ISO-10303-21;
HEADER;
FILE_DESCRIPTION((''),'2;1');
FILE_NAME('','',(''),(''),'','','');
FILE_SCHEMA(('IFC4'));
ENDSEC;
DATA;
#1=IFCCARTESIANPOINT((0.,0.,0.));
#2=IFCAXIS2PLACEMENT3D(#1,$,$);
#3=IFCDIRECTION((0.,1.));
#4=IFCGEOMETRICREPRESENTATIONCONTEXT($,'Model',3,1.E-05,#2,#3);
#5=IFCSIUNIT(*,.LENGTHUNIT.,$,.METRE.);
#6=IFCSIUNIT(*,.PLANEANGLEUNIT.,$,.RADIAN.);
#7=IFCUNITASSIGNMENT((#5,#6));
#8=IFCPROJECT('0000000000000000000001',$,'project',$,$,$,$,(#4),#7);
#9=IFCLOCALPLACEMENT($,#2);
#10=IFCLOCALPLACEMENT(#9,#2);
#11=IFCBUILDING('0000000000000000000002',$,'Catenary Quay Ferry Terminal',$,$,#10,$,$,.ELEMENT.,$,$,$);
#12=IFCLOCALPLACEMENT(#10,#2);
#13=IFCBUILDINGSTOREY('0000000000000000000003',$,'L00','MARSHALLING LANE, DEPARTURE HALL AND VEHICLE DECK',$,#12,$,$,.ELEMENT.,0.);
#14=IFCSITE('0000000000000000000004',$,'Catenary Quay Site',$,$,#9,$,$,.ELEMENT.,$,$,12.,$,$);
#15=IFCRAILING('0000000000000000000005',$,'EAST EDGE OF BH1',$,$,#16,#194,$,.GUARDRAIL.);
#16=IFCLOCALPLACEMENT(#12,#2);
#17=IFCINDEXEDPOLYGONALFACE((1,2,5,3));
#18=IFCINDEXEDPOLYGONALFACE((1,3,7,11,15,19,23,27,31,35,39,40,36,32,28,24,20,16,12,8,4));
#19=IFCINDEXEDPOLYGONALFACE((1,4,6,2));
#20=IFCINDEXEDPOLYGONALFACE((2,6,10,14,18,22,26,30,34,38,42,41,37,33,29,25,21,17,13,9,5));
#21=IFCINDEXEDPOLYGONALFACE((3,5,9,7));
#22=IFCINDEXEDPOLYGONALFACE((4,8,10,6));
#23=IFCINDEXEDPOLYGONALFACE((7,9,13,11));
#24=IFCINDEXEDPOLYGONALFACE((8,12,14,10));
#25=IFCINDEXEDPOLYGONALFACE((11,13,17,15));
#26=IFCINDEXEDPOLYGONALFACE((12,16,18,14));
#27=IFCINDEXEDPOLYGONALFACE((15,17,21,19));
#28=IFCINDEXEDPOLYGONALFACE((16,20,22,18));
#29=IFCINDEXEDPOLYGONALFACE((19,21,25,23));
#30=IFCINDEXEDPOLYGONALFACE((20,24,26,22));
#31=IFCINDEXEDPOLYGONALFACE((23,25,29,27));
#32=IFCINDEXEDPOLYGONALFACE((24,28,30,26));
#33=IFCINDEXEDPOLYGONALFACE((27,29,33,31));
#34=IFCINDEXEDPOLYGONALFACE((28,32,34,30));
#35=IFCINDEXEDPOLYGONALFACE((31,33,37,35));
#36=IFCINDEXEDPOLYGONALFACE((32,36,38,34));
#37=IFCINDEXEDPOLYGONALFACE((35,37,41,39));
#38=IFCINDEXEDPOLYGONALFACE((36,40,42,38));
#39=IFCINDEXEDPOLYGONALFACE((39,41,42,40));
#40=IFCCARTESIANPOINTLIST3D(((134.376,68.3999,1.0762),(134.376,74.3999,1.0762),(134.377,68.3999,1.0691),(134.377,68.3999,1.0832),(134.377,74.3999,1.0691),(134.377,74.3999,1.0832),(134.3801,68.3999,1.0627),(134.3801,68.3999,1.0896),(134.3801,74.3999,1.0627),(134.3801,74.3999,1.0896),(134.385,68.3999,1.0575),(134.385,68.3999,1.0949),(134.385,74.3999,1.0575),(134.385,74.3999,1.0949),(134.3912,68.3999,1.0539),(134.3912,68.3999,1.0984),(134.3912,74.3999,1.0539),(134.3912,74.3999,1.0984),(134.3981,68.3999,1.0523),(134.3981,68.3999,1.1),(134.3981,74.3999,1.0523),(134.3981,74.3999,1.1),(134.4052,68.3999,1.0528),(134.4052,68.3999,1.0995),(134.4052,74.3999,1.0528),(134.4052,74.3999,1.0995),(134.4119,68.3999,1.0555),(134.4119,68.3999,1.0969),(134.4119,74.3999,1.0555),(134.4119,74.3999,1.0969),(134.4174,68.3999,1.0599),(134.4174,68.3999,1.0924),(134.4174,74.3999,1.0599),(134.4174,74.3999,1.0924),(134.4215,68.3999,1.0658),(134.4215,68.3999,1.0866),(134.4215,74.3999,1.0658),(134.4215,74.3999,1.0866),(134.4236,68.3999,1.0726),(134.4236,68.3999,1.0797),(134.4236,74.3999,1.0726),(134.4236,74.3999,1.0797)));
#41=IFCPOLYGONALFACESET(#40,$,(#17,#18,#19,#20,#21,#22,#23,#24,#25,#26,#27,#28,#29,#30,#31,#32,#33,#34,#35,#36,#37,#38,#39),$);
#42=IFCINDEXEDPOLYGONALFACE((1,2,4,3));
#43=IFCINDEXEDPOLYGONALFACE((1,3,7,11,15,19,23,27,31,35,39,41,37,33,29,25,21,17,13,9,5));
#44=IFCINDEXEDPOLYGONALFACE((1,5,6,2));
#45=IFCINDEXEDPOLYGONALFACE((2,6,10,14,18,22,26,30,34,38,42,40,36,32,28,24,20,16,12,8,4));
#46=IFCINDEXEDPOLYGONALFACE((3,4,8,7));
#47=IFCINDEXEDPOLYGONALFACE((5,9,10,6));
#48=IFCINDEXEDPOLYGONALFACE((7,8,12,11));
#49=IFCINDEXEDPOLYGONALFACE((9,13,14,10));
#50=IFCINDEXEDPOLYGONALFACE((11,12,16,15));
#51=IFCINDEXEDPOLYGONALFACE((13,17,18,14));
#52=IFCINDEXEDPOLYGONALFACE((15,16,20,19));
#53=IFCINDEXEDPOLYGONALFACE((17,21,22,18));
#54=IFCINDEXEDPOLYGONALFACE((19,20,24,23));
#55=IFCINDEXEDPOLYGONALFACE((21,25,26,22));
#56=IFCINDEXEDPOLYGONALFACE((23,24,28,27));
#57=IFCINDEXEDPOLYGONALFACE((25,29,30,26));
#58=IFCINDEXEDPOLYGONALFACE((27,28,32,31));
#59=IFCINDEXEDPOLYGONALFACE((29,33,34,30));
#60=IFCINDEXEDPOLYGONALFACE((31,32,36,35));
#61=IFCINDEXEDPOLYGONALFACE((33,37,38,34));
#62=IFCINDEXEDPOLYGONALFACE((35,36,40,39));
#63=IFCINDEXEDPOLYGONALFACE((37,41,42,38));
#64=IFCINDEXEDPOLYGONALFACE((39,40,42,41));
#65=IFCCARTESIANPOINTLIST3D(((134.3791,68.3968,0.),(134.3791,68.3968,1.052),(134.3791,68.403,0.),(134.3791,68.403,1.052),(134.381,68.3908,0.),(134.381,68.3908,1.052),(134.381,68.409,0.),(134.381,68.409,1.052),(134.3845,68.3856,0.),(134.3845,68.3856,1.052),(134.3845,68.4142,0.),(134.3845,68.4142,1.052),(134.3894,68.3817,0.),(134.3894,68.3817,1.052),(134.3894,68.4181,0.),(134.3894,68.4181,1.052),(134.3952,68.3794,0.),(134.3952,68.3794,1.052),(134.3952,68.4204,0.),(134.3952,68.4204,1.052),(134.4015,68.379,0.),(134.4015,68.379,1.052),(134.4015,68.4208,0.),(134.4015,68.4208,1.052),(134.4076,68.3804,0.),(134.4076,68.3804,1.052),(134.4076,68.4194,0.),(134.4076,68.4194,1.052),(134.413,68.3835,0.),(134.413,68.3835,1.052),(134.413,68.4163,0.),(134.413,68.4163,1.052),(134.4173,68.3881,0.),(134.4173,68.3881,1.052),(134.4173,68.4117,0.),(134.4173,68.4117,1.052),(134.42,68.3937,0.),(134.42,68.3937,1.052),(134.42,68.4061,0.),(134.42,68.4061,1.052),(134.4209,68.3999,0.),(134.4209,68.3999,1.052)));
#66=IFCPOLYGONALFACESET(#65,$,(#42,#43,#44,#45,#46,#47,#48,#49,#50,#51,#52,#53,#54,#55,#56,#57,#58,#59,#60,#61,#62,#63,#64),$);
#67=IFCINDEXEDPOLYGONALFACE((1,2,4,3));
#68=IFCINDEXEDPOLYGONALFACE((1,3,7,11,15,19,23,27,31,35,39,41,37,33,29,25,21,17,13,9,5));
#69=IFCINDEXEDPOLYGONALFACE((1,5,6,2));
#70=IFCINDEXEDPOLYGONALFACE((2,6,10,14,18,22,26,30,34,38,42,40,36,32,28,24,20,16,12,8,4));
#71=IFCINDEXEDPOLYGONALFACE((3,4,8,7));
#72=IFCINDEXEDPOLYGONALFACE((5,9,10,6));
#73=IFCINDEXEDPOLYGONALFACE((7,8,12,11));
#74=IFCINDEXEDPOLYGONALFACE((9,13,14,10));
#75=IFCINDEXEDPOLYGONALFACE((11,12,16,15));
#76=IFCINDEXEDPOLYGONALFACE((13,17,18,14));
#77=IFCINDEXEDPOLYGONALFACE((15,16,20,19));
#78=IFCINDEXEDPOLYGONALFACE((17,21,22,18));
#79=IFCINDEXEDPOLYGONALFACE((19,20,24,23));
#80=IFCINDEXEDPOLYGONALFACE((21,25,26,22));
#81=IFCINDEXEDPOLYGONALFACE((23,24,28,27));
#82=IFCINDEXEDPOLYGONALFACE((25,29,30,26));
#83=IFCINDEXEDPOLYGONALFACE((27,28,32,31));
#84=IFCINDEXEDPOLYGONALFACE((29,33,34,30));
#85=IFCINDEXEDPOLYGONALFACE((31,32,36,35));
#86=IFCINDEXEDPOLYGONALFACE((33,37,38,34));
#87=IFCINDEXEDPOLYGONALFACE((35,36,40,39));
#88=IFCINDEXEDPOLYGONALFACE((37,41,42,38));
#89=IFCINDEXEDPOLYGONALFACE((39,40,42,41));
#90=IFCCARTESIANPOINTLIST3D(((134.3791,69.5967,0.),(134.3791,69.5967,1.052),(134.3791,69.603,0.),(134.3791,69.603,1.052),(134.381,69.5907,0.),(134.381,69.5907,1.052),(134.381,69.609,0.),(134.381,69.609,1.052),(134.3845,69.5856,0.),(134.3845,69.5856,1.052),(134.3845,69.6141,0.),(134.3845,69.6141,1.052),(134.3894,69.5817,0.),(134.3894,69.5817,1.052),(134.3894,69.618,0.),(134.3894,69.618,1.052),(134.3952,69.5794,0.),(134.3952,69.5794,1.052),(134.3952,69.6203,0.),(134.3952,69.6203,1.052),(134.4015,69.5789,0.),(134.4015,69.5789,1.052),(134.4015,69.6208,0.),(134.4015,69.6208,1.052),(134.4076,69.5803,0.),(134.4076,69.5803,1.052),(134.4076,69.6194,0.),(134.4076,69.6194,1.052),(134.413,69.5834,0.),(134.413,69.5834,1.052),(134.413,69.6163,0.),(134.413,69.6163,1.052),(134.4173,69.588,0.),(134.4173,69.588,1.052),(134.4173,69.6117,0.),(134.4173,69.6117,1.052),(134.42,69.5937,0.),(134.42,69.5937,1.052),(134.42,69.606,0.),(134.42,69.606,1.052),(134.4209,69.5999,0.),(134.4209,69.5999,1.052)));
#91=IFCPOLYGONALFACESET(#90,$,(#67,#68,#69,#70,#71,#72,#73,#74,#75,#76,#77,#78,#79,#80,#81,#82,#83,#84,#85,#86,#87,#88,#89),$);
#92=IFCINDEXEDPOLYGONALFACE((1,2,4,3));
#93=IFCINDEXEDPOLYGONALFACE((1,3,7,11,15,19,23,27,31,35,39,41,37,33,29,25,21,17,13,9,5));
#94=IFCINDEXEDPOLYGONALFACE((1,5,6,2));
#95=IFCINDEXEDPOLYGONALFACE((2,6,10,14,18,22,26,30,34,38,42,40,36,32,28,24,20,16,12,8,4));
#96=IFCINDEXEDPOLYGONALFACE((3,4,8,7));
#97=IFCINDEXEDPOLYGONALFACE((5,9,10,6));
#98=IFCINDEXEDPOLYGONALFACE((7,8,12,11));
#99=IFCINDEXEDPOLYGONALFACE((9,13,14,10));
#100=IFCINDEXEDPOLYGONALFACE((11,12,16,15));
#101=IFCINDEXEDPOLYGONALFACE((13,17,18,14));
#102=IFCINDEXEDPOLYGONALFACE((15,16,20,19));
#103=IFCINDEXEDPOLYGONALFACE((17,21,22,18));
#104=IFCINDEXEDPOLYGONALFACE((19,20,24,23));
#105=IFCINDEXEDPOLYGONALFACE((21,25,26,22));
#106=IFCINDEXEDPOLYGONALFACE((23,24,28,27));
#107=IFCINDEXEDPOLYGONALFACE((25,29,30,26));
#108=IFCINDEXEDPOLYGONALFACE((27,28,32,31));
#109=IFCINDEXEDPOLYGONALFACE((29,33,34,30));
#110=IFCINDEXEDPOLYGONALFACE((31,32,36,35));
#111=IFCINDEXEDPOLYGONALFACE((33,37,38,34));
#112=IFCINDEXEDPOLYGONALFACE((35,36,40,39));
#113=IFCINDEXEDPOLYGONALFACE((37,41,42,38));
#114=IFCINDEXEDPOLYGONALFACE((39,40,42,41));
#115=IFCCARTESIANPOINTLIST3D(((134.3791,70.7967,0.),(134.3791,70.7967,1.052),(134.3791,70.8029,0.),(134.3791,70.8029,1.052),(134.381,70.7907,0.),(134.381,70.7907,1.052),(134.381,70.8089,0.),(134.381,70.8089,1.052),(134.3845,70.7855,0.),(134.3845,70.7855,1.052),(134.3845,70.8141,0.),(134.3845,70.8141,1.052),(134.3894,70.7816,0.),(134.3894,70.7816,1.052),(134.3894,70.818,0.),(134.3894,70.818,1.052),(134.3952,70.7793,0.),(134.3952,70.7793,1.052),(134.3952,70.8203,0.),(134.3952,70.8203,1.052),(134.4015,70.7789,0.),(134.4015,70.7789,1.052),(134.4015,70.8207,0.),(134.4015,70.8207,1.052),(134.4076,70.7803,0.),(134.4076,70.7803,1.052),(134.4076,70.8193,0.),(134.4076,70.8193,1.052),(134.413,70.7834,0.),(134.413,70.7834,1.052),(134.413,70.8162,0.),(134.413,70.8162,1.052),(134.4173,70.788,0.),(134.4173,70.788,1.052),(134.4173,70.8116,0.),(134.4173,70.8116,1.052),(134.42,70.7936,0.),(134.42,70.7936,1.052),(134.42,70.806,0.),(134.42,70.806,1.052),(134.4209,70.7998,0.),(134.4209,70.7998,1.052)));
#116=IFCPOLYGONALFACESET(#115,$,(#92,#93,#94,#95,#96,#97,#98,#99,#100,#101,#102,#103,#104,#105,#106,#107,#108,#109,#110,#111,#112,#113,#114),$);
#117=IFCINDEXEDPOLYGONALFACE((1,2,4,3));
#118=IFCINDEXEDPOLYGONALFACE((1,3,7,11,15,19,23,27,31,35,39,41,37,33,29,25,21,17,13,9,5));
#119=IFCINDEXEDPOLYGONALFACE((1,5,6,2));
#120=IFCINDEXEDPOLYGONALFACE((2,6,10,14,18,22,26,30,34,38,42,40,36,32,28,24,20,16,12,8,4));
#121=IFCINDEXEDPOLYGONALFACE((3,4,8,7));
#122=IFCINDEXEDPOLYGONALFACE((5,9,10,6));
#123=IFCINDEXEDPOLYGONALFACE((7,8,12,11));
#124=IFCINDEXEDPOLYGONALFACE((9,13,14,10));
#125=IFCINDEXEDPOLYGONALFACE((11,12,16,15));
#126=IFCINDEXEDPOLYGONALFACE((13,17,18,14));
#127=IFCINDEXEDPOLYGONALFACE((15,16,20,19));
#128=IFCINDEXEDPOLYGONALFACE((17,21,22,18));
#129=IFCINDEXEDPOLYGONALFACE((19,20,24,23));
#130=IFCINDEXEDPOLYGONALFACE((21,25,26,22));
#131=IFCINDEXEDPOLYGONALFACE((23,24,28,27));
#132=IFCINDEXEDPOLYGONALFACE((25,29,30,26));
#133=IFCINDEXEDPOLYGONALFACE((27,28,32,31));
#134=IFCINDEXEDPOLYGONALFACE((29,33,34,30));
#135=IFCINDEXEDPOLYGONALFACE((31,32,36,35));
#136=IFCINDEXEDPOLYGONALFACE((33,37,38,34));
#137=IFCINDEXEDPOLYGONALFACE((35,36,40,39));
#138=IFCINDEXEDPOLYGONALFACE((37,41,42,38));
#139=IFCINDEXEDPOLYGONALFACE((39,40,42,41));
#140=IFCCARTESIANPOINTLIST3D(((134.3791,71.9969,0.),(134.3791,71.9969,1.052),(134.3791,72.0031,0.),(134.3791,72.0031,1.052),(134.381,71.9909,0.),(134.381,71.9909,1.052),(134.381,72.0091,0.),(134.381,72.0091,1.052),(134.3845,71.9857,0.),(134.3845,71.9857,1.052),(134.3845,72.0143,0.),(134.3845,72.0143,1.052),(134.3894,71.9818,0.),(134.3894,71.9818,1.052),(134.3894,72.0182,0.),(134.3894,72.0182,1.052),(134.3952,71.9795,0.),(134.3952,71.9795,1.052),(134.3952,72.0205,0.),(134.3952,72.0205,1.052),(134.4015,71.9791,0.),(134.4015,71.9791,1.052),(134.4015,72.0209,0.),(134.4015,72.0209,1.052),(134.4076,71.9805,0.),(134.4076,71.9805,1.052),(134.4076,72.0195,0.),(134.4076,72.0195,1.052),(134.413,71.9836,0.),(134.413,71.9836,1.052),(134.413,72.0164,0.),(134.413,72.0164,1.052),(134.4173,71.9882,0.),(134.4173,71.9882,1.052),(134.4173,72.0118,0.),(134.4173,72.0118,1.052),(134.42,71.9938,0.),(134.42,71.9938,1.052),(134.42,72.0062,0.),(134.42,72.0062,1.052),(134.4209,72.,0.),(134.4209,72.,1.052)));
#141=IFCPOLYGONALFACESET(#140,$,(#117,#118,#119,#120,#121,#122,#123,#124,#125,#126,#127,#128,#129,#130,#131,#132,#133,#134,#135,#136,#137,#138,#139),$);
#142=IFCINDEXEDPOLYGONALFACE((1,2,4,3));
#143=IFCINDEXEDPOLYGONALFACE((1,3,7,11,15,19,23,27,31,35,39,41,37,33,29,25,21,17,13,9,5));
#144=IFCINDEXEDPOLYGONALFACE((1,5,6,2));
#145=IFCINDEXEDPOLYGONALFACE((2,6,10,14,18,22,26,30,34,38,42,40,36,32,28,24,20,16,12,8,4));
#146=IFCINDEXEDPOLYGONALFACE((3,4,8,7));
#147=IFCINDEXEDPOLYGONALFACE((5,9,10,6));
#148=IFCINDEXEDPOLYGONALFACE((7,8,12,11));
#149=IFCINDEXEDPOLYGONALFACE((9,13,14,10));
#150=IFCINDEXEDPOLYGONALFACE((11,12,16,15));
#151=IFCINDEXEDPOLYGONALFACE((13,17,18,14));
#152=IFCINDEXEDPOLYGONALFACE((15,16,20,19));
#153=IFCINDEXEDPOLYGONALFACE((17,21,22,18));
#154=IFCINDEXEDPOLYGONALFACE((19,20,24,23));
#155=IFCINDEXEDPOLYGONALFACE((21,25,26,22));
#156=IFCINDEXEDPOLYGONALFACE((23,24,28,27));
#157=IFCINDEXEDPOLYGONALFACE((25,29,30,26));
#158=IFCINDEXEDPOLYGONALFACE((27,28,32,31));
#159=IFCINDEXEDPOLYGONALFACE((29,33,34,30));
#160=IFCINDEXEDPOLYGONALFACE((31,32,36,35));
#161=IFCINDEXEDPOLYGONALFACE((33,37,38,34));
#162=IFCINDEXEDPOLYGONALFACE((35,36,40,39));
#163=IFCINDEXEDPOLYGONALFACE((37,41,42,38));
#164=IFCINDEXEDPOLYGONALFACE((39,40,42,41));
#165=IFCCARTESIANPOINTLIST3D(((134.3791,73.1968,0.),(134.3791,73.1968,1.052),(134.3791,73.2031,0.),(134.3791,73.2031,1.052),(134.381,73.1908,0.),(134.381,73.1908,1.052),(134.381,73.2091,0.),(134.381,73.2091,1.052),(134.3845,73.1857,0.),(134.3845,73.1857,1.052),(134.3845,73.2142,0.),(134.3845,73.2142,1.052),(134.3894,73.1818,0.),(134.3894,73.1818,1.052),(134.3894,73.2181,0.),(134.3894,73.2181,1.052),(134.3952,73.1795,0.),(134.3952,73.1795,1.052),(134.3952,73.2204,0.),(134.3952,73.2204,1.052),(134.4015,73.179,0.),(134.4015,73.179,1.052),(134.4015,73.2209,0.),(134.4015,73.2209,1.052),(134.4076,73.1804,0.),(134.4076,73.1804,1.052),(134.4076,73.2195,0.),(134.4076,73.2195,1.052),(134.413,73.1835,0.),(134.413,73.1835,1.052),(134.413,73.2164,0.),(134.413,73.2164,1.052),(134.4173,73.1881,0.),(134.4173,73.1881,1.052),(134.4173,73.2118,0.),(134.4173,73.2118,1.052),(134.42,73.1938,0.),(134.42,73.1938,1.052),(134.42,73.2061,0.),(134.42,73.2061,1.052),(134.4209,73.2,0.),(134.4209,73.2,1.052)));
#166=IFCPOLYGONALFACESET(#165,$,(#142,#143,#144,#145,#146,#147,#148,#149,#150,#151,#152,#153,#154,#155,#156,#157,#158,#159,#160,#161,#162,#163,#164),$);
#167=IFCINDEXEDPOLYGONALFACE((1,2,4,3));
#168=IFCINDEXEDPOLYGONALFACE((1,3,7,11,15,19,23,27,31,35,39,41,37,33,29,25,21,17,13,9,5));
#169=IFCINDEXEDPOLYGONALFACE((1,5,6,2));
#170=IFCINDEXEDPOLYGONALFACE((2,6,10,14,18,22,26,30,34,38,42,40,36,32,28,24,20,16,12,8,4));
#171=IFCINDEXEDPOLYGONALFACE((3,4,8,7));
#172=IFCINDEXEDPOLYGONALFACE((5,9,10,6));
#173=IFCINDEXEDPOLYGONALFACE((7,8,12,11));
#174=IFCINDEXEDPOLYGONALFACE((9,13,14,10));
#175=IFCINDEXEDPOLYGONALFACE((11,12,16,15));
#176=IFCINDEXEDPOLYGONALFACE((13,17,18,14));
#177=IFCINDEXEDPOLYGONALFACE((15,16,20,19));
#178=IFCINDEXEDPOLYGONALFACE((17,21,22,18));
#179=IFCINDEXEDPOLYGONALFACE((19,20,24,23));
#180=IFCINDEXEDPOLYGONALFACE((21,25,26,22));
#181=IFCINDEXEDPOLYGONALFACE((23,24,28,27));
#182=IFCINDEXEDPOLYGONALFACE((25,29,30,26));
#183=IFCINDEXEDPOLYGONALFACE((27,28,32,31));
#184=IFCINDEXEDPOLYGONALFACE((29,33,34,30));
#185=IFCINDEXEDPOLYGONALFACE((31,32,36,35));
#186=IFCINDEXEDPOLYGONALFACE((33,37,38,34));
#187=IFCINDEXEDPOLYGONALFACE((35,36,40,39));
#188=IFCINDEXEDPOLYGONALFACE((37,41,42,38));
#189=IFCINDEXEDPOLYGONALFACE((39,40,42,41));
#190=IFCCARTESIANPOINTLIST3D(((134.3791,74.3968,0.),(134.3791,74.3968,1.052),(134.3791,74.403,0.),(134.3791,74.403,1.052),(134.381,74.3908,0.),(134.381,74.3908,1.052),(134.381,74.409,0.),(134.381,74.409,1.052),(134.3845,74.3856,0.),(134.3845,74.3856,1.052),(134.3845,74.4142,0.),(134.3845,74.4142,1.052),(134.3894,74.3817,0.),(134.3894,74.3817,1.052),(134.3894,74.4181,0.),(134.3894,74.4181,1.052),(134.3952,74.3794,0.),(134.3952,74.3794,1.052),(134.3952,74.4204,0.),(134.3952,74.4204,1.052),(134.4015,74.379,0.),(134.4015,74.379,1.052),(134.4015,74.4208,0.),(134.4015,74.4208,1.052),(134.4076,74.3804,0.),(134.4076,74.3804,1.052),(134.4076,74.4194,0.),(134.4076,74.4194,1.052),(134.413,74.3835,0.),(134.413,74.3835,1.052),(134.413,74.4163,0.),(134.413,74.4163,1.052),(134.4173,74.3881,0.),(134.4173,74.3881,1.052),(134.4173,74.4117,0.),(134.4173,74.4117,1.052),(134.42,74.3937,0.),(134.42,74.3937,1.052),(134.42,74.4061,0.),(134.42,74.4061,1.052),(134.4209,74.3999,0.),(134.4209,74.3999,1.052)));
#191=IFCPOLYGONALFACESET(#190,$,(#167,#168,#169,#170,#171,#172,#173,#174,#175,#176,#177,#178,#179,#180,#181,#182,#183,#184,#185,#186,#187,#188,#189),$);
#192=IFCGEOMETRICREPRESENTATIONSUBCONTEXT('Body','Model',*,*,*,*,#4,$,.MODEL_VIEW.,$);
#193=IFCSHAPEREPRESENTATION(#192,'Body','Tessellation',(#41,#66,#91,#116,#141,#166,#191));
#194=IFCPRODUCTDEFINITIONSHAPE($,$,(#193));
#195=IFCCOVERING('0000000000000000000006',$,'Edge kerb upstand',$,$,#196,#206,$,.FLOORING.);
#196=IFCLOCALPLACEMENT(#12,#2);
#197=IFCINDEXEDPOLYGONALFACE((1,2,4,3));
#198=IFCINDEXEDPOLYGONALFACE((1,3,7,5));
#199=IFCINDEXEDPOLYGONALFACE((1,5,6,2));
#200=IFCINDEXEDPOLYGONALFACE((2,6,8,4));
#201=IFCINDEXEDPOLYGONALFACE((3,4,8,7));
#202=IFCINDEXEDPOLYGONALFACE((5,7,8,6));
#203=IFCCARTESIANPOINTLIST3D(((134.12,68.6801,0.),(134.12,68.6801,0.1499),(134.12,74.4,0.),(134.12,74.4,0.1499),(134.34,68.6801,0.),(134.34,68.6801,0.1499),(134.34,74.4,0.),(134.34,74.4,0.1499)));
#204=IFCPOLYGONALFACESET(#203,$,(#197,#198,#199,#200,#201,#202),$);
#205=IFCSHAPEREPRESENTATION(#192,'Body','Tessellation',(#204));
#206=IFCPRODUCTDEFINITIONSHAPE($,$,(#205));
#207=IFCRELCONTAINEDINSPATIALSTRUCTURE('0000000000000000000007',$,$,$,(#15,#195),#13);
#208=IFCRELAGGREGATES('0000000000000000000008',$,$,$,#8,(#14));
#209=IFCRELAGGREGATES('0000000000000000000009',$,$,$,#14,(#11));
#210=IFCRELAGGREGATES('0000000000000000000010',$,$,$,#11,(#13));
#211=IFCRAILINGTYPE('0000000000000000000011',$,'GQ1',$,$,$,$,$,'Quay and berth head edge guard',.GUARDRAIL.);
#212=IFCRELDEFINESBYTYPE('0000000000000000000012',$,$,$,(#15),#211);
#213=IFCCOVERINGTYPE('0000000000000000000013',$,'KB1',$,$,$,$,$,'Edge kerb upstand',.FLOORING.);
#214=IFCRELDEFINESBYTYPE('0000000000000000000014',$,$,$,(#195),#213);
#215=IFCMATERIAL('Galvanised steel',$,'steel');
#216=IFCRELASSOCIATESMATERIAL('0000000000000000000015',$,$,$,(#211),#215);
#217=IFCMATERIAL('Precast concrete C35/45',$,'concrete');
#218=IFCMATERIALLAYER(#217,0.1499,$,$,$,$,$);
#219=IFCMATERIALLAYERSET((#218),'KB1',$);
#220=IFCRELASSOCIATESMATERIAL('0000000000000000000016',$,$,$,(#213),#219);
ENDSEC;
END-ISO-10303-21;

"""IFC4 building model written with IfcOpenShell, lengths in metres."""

from ifc_helpers import new_model, si_unit, direction, frame, origin, origin_2d, place, context, subcontext, project, spatial, rectangle, circle, extrude, material, layer, layer_set, type_object, element, save


model = new_model("IFC4")

# Units and contexts
model_context = context("Model", 3, precision=1e-05, world=origin(), true_north=direction((0.0, 1.0)))
body_context = subcontext(model_context, "Body", "Model", "MODEL_VIEW")
ifc_project = project(units=[si_unit("LENGTHUNIT", "METRE"), si_unit("PLANEANGLEUNIT", "RADIAN")], contexts=[model_context])

# Site, building, storey
site_placement = place(None, origin())
site = spatial("IfcSite", under=ifc_project, at=site_placement, Name="Catenary Quay Site", CompositionType="ELEMENT", RefElevation=12.0)
building_placement = place(site_placement, origin())
building = spatial("IfcBuilding", under=site, at=building_placement, Name="Catenary Quay Ferry Terminal", CompositionType="ELEMENT")
storey_placement = place(building_placement, origin())
storey = spatial("IfcBuildingStorey", under=building, at=storey_placement, Name="L00", Description="MARSHALLING LANE, DEPARTURE HALL AND VEHICLE DECK", CompositionType="ELEMENT", Elevation=0.0)

# Railing
ifc_material_1 = material(Name="Galvanised steel", Category="steel")
railing_type = type_object("IfcRailingType", Name="GQ1", ElementType="Quay and berth head edge guard", PredefinedType="GUARDRAIL", material=ifc_material_1)
railing_placement = place(storey_placement, frame((134.3999, 68.3999, 0.0)))
element("IfcRailing", 1, at=railing_placement, inside=storey, type_object=railing_type, Name="EAST EDGE OF BH1", PredefinedType="GUARDRAIL", context=body_context, shape_type="SweptSolid", body=[
    extrude(circle(Radius=0.0239, at=origin_2d()), frame((0.0, 0.0, 1.0762), z_axis=(0.0, 1.0, 0.0), x_axis=(-1.0, 0.0, 0.0)), (0.0, 0.0, 1.0), 6.0),
    extrude(circle(Radius=0.021, at=origin_2d()), origin(), (0.0, 0.0, 1.0), 1.052),
    extrude(circle(Radius=0.021, at=origin_2d()), frame((0.0, 1.2, 0.0)), (0.0, 0.0, 1.0), 1.052),
    extrude(circle(Radius=0.021, at=origin_2d()), frame((0.0, 2.3999, 0.0)), (0.0, 0.0, 1.0), 1.052),
    extrude(circle(Radius=0.021, at=origin_2d()), frame((0.0, 3.6001, 0.0)), (0.0, 0.0, 1.0), 1.052),
    extrude(circle(Radius=0.021, at=origin_2d()), frame((0.0, 4.8, 0.0)), (0.0, 0.0, 1.0), 1.052),
    extrude(circle(Radius=0.021, at=origin_2d()), frame((0.0, 6.0, 0.0)), (0.0, 0.0, 1.0), 1.052),
])

# Covering
ifc_material_2 = material(Name="Precast concrete C35/45", Category="concrete")
ifc_layer_1 = layer(ifc_material_2, 0.1499)
ifc_layer_set_1 = layer_set([ifc_layer_1], Name="KB1")
covering_type_1 = type_object("IfcCoveringType", Name="KB1", ElementType="Edge kerb upstand", PredefinedType="FLOORING", material=ifc_layer_set_1)
covering_1_placement = place(storey_placement, frame((134.23, 71.54, 0.0), z_axis=(0.0, 0.0, 1.0), x_axis=(1.0, 0.0, 0.0)))
element("IfcCovering", 2, at=covering_1_placement, inside=storey, type_object=covering_type_1, Name="Edge kerb upstand", PredefinedType="FLOORING", context=body_context, shape_type="SweptSolid", body=[
    extrude(rectangle(XDim=0.22, YDim=5.72, at=origin_2d()), origin(), (0.0, 0.0, 1.0), 0.1499),
])

save(model, "model.ifc")
